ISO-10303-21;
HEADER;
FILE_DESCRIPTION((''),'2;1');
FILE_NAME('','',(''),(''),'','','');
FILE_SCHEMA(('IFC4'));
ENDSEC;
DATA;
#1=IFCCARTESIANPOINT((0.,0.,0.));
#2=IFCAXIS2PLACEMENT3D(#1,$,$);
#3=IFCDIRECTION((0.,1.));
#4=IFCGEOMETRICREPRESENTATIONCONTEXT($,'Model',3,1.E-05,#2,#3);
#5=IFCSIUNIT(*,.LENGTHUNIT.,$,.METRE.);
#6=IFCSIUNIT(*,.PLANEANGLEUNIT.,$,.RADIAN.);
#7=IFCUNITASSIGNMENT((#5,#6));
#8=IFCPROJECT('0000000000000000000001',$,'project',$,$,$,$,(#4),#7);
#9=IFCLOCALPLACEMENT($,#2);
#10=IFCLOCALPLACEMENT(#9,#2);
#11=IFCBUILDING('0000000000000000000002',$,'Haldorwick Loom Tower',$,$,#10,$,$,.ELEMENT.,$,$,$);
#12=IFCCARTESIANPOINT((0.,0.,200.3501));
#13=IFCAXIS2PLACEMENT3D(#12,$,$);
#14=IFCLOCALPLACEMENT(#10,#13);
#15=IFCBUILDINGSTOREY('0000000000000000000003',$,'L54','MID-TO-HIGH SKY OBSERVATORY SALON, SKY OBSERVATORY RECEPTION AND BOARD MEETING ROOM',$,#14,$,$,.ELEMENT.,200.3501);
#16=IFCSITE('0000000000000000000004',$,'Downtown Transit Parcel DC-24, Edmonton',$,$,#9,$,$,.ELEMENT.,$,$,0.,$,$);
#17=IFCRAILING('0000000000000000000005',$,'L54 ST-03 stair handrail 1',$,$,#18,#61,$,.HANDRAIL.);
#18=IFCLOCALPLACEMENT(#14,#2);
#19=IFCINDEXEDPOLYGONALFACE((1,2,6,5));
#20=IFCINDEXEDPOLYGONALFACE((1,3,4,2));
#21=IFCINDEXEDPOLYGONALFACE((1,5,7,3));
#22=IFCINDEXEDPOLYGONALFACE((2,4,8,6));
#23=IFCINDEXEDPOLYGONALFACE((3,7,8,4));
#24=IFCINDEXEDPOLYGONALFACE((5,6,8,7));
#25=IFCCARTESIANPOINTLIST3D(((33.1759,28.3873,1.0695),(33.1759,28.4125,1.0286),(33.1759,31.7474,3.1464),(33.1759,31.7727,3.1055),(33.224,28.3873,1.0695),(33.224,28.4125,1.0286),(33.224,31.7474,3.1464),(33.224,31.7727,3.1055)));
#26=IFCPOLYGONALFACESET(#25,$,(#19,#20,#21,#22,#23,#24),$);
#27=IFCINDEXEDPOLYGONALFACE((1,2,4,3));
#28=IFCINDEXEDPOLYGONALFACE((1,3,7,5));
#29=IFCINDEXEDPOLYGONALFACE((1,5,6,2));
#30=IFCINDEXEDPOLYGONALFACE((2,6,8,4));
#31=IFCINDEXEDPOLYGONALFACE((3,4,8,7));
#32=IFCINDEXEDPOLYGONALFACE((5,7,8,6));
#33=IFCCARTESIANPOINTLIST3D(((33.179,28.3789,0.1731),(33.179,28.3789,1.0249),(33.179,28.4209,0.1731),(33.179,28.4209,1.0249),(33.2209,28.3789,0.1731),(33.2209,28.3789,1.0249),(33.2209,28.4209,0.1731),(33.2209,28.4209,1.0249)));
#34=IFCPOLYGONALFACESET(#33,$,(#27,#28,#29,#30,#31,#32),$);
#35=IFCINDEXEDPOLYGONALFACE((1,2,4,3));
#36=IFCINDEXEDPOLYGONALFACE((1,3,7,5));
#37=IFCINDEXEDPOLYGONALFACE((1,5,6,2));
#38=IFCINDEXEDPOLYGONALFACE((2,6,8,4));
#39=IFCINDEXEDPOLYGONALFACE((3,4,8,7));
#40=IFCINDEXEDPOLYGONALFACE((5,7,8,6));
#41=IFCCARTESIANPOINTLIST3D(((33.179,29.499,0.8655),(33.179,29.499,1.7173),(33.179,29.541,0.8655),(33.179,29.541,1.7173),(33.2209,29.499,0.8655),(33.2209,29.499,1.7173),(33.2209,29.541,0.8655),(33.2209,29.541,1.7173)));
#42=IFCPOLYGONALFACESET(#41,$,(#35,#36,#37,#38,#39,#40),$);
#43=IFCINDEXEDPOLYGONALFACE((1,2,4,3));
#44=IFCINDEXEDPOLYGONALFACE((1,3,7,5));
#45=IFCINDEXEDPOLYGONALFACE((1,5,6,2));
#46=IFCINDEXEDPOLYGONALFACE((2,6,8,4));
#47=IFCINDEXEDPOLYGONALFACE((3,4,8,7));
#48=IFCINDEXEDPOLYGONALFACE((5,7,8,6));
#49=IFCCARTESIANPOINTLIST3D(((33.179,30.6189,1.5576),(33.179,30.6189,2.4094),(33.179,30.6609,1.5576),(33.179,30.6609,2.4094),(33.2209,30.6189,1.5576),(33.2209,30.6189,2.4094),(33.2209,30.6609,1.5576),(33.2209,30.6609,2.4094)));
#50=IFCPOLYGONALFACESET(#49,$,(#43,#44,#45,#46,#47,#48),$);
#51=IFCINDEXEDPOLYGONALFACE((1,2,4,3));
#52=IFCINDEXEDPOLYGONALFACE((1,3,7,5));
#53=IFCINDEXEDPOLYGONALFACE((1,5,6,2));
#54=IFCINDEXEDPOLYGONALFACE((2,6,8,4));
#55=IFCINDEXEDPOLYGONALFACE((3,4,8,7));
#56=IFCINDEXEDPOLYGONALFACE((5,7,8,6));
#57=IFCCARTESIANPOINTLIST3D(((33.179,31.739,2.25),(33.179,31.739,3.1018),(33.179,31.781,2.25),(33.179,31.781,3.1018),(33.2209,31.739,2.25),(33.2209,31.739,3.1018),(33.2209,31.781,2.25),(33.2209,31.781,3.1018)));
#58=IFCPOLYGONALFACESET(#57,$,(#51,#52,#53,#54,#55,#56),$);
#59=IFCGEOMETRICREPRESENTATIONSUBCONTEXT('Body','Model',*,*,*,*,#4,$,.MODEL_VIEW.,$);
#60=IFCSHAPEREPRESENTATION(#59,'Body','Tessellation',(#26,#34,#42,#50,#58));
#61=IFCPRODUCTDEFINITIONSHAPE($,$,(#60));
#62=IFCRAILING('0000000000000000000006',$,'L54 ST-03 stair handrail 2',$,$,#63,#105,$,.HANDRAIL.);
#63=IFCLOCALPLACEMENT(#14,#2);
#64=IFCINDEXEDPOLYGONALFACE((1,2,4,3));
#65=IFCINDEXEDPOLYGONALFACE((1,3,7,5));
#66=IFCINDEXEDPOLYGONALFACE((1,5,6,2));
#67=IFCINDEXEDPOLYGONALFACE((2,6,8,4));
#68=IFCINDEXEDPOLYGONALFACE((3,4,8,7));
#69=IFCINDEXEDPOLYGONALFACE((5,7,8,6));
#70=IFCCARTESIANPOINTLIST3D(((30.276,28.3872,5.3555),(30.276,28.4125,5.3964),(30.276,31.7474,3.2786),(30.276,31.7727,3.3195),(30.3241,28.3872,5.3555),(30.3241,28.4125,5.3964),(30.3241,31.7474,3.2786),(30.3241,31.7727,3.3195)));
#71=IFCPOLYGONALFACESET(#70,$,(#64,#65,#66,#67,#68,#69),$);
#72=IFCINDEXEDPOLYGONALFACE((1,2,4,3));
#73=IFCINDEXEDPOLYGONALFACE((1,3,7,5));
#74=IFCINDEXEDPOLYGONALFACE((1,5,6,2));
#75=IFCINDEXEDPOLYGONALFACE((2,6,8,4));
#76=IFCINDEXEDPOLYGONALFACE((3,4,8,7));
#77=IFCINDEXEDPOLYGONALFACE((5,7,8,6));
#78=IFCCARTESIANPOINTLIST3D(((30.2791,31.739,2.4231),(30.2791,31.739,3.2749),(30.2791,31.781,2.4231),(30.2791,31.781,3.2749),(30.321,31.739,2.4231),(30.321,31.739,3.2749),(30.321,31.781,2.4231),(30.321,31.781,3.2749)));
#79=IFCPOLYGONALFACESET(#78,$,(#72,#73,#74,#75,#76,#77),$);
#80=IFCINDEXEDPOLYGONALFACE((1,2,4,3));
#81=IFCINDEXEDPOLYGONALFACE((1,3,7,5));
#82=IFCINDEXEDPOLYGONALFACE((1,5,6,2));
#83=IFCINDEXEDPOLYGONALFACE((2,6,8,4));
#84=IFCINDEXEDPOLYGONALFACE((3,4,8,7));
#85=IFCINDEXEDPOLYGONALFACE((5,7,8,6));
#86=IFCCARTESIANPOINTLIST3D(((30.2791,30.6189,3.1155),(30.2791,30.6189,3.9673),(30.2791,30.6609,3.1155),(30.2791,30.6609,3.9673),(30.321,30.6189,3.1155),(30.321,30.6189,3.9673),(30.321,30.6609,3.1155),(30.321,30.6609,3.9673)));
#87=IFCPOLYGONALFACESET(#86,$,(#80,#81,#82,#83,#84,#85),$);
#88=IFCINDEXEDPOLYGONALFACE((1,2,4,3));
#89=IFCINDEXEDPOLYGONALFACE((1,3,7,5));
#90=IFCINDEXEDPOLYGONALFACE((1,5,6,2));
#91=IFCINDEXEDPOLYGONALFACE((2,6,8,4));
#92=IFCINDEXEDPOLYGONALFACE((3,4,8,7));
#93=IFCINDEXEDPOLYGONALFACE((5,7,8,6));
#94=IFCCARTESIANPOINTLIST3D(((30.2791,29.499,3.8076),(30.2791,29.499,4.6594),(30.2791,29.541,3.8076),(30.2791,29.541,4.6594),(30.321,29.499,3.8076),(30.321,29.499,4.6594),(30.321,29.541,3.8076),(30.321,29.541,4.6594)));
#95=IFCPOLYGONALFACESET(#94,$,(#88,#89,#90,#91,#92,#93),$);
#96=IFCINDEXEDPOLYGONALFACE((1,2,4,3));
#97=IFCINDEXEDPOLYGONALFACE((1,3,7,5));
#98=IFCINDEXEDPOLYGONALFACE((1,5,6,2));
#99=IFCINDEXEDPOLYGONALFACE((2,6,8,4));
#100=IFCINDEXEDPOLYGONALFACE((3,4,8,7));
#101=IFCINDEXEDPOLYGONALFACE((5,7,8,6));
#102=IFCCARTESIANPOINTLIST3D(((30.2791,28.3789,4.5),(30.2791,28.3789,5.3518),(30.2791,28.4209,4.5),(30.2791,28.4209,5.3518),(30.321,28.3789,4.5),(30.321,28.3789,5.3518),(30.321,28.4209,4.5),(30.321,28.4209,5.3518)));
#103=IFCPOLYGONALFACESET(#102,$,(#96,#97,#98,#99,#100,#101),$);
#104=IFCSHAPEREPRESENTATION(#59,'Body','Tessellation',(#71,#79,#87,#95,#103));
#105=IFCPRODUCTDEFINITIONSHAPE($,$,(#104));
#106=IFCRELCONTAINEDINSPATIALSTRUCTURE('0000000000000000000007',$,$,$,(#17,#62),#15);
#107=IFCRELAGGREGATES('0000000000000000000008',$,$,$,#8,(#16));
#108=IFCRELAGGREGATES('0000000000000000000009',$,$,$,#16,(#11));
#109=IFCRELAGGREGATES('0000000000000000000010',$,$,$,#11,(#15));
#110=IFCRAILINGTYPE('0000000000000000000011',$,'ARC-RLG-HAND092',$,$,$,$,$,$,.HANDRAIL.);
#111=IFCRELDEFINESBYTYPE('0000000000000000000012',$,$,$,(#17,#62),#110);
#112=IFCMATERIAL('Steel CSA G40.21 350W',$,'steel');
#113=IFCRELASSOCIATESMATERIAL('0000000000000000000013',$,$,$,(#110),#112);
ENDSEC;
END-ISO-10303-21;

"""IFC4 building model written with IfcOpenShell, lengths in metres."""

from ifc_helpers import new_model, si_unit, direction, frame, origin, origin_2d, place, context, subcontext, project, spatial, rectangle, extrude, material, type_object, element, save


model = new_model("IFC4")

# Units and contexts
model_context = context("Model", 3, precision=1e-05, world=origin(), true_north=direction((0.0, 1.0)))
body_context = subcontext(model_context, "Body", "Model", "MODEL_VIEW")
ifc_project = project(units=[si_unit("LENGTHUNIT", "METRE"), si_unit("PLANEANGLEUNIT", "RADIAN")], contexts=[model_context])

# Site, building, storey
site_placement = place(None, origin())
site = spatial("IfcSite", under=ifc_project, at=site_placement, Name="Downtown Transit Parcel DC-24, Edmonton", CompositionType="ELEMENT", RefElevation=0.0)
building_placement = place(site_placement, origin())
building = spatial("IfcBuilding", under=site, at=building_placement, Name="Haldorwick Loom Tower", CompositionType="ELEMENT")
storey_placement = place(building_placement, frame((0.0, 0.0, 200.3501)))
storey = spatial("IfcBuildingStorey", under=building, at=storey_placement, Name="L54", Description="MID-TO-HIGH SKY OBSERVATORY SALON, SKY OBSERVATORY RECEPTION AND BOARD MEETING ROOM", CompositionType="ELEMENT", Elevation=200.3501)

# Shared definitions
ifc_material_1 = material(Name="Steel CSA G40.21 350W", Category="steel")

# Railings
railing_type_1 = type_object("IfcRailingType", Name="ARC-RLG-HAND092", PredefinedType="HANDRAIL", material=ifc_material_1)
railing_1_placement = place(storey_placement, frame((33.2, 28.3999, 0.1731)))
element("IfcRailing", 1, at=railing_1_placement, inside=storey, type_object=railing_type_1, Name="L54 ST-03 stair handrail 1", PredefinedType="HANDRAIL", context=body_context, shape_type="SweptSolid", body=[
    extrude(rectangle(XDim=0.0481, YDim=0.0481, at=origin_2d()), frame((0.0, 0.0, 0.876), z_axis=(0.0, 0.850623, 0.525776), x_axis=(-1.0, 0.0, 0.0)), (0.0, 0.0, 1.0), 3.9502),
    extrude(rectangle(XDim=0.042, YDim=0.042, at=origin_2d()), origin(), (0.0, 0.0, 1.0), 0.8518),
    extrude(rectangle(XDim=0.042, YDim=0.042, at=origin_2d()), frame((0.0, 1.1201, 0.6924)), (0.0, 0.0, 1.0), 0.8518),
    extrude(rectangle(XDim=0.042, YDim=0.042, at=origin_2d()), frame((0.0, 2.24, 1.3845)), (0.0, 0.0, 1.0), 0.8518),
    extrude(rectangle(XDim=0.042, YDim=0.042, at=origin_2d()), frame((0.0, 3.3601, 2.0769)), (0.0, 0.0, 1.0), 0.8518),
])
railing_2_placement = place(storey_placement, frame((30.3, 31.76, 2.4231)))
element("IfcRailing", 2, at=railing_2_placement, inside=storey, type_object=railing_type_1, Name="L54 ST-03 stair handrail 2", PredefinedType="HANDRAIL", context=body_context, shape_type="SweptSolid", body=[
    extrude(rectangle(XDim=0.0481, YDim=0.0481, at=origin_2d()), frame((0.0, 0.0, 0.876), z_axis=(0.0, -0.850623, 0.525776), x_axis=(1.0, 0.0, 0.0)), (0.0, 0.0, 1.0), 3.9502),
    extrude(rectangle(XDim=0.042, YDim=0.042, at=origin_2d()), origin(), (0.0, 0.0, 1.0), 0.8518),
    extrude(rectangle(XDim=0.042, YDim=0.042, at=origin_2d()), frame((0.0, -1.1201, 0.6924)), (0.0, 0.0, 1.0), 0.8518),
    extrude(rectangle(XDim=0.042, YDim=0.042, at=origin_2d()), frame((0.0, -2.24, 1.3845)), (0.0, 0.0, 1.0), 0.8518),
    extrude(rectangle(XDim=0.042, YDim=0.042, at=origin_2d()), frame((0.0, -3.3601, 2.0769)), (0.0, 0.0, 1.0), 0.8518),
])

save(model, "model.ifc")
